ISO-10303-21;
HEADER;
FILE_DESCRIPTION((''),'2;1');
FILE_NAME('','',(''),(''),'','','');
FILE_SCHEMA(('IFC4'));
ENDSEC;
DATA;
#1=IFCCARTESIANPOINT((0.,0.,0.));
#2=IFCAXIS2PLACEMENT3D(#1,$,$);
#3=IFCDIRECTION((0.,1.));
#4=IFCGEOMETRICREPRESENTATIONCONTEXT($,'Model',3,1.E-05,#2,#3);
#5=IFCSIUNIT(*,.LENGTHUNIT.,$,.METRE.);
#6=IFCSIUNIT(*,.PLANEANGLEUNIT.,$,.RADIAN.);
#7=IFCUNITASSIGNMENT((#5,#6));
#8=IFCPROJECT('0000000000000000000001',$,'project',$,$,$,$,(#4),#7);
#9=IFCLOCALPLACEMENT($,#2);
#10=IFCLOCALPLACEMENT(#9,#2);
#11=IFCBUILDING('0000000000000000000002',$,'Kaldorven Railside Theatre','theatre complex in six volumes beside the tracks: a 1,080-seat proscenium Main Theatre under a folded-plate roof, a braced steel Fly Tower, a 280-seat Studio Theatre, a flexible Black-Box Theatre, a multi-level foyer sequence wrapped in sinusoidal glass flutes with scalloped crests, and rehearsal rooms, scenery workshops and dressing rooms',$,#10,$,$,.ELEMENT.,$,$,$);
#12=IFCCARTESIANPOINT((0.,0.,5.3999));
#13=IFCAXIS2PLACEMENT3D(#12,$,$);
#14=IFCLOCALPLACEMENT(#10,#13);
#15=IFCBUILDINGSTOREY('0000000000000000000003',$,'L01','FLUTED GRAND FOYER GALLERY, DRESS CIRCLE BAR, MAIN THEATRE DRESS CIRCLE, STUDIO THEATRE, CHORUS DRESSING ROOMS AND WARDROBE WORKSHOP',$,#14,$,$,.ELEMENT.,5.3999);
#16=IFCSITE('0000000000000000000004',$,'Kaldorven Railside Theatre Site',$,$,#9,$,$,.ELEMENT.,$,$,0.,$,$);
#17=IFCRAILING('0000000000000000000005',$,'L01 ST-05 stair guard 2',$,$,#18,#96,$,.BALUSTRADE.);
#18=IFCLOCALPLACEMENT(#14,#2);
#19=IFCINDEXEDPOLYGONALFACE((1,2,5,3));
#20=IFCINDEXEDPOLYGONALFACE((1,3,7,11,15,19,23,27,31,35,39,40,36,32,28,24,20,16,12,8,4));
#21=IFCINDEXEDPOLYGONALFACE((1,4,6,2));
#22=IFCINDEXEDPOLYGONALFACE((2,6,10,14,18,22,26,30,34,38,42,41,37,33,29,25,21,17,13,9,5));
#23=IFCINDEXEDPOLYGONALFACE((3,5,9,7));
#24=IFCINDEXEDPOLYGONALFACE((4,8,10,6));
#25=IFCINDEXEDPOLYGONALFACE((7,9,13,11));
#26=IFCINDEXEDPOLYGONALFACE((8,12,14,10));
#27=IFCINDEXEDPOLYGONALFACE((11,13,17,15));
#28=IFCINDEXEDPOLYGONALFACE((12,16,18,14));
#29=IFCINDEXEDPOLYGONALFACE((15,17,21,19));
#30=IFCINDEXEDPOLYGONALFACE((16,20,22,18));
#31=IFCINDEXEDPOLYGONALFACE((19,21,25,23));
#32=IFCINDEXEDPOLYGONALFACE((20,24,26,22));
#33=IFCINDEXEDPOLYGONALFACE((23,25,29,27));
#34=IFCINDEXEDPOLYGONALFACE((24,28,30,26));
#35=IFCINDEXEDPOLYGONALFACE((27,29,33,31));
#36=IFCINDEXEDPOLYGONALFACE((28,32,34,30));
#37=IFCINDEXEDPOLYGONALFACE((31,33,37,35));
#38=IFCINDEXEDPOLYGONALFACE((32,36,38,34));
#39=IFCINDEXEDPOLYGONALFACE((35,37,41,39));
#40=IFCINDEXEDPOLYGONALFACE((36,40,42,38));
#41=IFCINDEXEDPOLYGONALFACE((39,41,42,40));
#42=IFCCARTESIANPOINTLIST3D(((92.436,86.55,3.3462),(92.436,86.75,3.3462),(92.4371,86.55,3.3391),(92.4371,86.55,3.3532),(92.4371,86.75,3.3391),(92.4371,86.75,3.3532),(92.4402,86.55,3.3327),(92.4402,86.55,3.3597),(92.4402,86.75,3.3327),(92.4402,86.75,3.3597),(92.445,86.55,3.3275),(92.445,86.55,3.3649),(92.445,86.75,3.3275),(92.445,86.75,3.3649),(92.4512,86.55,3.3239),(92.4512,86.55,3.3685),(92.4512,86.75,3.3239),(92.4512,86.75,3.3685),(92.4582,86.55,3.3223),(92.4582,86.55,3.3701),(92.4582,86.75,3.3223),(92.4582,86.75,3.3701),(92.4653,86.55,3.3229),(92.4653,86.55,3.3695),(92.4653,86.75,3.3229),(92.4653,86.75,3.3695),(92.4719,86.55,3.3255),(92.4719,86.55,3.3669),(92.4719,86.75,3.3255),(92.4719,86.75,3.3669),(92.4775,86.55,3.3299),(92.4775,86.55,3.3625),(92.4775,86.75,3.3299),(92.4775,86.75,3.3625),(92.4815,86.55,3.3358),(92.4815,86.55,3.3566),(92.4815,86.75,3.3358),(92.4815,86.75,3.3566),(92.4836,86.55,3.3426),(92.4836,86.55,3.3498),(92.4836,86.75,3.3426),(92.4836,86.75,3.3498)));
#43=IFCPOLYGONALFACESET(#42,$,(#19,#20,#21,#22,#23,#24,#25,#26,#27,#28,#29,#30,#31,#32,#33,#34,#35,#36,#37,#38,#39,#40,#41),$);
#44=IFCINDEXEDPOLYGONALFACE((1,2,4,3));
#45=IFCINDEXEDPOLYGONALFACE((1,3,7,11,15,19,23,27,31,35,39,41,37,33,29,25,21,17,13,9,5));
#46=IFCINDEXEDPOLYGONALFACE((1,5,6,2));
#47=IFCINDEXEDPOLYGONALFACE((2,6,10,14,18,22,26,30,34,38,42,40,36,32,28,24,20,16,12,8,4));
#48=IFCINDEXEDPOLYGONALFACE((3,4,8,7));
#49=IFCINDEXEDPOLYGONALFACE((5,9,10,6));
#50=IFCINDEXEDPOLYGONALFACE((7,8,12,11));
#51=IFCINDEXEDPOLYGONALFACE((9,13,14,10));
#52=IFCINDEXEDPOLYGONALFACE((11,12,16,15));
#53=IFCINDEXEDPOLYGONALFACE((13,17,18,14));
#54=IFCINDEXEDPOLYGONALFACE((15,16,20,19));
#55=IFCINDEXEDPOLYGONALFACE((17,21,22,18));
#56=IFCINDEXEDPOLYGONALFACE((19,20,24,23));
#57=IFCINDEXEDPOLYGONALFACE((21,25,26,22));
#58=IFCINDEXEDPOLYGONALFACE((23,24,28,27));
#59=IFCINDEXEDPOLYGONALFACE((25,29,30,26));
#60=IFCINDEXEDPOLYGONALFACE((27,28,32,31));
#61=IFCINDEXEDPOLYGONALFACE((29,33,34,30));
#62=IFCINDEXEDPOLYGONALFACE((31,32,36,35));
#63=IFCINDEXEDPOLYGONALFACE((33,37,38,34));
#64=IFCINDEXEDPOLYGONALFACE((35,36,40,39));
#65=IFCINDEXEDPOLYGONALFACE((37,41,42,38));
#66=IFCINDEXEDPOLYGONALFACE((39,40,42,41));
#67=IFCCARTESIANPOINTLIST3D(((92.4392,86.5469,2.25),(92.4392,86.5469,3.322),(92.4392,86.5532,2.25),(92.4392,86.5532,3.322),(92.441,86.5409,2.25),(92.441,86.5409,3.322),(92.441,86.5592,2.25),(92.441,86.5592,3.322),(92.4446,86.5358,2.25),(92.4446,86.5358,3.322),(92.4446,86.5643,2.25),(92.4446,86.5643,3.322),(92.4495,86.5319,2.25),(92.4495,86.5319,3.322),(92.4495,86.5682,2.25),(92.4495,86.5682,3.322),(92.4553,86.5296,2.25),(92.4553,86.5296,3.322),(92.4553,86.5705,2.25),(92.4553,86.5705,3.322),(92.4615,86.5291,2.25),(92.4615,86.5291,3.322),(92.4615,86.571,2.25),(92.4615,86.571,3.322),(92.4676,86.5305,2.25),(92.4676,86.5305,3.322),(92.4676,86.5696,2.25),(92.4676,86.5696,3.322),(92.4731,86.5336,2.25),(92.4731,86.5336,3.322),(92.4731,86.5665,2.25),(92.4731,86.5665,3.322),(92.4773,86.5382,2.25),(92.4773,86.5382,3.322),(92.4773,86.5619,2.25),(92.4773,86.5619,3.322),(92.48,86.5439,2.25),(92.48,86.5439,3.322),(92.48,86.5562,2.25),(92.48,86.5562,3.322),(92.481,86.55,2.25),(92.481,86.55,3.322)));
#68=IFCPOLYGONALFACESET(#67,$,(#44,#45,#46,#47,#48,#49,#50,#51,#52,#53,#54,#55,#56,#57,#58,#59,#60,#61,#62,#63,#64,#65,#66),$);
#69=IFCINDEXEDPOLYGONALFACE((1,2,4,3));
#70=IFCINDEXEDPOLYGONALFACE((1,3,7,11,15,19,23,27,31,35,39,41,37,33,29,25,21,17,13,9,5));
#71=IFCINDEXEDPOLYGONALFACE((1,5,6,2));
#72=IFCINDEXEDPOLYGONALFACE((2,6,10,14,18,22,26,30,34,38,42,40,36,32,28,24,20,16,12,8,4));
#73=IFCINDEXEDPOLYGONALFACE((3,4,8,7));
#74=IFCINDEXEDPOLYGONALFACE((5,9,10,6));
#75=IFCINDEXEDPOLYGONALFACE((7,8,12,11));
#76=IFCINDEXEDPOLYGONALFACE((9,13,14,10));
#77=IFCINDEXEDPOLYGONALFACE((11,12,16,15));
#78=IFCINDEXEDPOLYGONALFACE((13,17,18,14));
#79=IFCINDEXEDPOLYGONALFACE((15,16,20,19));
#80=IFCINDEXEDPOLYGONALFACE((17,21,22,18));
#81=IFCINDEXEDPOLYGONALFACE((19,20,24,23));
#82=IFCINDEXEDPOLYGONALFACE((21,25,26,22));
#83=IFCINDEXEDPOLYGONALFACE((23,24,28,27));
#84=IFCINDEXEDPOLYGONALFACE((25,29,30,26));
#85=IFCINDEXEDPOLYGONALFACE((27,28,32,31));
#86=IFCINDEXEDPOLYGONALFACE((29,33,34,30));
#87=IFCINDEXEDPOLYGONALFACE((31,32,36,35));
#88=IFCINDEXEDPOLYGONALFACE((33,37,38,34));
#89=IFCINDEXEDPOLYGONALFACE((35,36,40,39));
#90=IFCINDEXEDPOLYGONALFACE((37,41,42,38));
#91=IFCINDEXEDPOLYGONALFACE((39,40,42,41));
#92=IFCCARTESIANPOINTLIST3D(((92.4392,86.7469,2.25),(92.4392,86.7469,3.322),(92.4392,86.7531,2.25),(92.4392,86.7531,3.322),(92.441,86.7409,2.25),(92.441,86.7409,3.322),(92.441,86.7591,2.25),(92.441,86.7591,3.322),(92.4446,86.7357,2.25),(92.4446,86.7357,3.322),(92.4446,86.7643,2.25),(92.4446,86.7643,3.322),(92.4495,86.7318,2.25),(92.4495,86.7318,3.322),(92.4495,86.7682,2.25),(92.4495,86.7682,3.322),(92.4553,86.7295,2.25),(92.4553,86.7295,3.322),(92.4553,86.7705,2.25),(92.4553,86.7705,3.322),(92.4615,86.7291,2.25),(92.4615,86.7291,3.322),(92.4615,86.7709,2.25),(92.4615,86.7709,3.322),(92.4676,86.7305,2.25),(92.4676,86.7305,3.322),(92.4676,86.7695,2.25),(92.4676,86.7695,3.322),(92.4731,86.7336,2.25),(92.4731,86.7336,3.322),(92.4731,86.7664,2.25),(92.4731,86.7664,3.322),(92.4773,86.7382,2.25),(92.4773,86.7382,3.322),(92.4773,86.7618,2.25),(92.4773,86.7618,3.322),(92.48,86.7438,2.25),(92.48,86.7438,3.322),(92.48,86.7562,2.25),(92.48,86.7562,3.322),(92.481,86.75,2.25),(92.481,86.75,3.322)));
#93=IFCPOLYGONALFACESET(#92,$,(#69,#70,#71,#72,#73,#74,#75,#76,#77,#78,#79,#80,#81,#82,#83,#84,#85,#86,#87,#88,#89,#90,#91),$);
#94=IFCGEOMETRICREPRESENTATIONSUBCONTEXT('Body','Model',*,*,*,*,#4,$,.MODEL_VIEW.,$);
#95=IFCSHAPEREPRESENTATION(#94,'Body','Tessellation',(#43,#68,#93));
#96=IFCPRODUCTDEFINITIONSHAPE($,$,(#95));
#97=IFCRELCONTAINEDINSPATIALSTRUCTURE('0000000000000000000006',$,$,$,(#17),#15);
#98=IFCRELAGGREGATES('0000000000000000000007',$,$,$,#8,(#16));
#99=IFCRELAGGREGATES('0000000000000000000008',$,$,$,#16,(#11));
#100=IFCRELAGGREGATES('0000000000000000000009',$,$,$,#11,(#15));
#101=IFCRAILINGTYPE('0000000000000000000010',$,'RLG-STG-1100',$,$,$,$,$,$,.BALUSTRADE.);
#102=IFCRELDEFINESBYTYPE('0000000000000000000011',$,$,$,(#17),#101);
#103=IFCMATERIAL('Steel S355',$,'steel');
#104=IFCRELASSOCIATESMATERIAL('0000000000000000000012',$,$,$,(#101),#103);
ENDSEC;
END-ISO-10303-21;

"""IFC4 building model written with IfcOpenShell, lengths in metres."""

from ifc_helpers import new_model, si_unit, direction, frame, origin, origin_2d, place, context, subcontext, project, spatial, circle, extrude, material, type_object, element, save


model = new_model("IFC4")

# Units and contexts
model_context = context("Model", 3, precision=1e-05, world=origin(), true_north=direction((0.0, 1.0)))
body_context = subcontext(model_context, "Body", "Model", "MODEL_VIEW")
ifc_project = project(units=[si_unit("LENGTHUNIT", "METRE"), si_unit("PLANEANGLEUNIT", "RADIAN")], contexts=[model_context])

# Site, building, storey
site_placement = place(None, origin())
site = spatial("IfcSite", under=ifc_project, at=site_placement, Name="Kaldorven Railside Theatre Site", CompositionType="ELEMENT", RefElevation=0.0)
building_placement = place(site_placement, origin())
building = spatial("IfcBuilding", under=site, at=building_placement, Name="Kaldorven Railside Theatre", Description="theatre complex in six volumes beside the tracks: a 1,080-seat proscenium Main Theatre under a folded-plate roof, a braced steel Fly Tower, a 280-seat Studio Theatre, a flexible Black-Box Theatre, a multi-level foyer sequence wrapped in sinusoidal glass flutes with scalloped crests, and rehearsal rooms, scenery workshops and dressing rooms", CompositionType="ELEMENT")
storey_placement = place(building_placement, frame((0.0, 0.0, 5.3999)))
storey = spatial("IfcBuildingStorey", under=building, at=storey_placement, Name="L01", Description="FLUTED GRAND FOYER GALLERY, DRESS CIRCLE BAR, MAIN THEATRE DRESS CIRCLE, STUDIO THEATRE, CHORUS DRESSING ROOMS AND WARDROBE WORKSHOP", CompositionType="ELEMENT", Elevation=5.3999)

# Shared definitions
ifc_material_1 = material(Name="Steel S355", Category="steel")

# Railing
railing_type_1 = type_object("IfcRailingType", Name="RLG-STG-1100", PredefinedType="BALUSTRADE", material=ifc_material_1)
railing_1_placement = place(storey_placement, frame((92.46, 86.55, 2.25)))
element("IfcRailing", 1, at=railing_1_placement, inside=storey, type_object=railing_type_1, Name="L01 ST-05 stair guard 2", PredefinedType="BALUSTRADE", context=body_context, shape_type="SweptSolid", body=[
    extrude(circle(Radius=0.0239, at=origin_2d()), frame((0.0, 0.0, 1.0962), z_axis=(0.0, 1.0, 0.0), x_axis=(-1.0, 0.0, 0.0)), (0.0, 0.0, 1.0), 0.2),
    extrude(circle(Radius=0.021, at=origin_2d()), origin(), (0.0, 0.0, 1.0), 1.072),
    extrude(circle(Radius=0.021, at=origin_2d()), frame((0.0, 0.2, 0.0)), (0.0, 0.0, 1.0), 1.072),
])

save(model, "model.ifc")
